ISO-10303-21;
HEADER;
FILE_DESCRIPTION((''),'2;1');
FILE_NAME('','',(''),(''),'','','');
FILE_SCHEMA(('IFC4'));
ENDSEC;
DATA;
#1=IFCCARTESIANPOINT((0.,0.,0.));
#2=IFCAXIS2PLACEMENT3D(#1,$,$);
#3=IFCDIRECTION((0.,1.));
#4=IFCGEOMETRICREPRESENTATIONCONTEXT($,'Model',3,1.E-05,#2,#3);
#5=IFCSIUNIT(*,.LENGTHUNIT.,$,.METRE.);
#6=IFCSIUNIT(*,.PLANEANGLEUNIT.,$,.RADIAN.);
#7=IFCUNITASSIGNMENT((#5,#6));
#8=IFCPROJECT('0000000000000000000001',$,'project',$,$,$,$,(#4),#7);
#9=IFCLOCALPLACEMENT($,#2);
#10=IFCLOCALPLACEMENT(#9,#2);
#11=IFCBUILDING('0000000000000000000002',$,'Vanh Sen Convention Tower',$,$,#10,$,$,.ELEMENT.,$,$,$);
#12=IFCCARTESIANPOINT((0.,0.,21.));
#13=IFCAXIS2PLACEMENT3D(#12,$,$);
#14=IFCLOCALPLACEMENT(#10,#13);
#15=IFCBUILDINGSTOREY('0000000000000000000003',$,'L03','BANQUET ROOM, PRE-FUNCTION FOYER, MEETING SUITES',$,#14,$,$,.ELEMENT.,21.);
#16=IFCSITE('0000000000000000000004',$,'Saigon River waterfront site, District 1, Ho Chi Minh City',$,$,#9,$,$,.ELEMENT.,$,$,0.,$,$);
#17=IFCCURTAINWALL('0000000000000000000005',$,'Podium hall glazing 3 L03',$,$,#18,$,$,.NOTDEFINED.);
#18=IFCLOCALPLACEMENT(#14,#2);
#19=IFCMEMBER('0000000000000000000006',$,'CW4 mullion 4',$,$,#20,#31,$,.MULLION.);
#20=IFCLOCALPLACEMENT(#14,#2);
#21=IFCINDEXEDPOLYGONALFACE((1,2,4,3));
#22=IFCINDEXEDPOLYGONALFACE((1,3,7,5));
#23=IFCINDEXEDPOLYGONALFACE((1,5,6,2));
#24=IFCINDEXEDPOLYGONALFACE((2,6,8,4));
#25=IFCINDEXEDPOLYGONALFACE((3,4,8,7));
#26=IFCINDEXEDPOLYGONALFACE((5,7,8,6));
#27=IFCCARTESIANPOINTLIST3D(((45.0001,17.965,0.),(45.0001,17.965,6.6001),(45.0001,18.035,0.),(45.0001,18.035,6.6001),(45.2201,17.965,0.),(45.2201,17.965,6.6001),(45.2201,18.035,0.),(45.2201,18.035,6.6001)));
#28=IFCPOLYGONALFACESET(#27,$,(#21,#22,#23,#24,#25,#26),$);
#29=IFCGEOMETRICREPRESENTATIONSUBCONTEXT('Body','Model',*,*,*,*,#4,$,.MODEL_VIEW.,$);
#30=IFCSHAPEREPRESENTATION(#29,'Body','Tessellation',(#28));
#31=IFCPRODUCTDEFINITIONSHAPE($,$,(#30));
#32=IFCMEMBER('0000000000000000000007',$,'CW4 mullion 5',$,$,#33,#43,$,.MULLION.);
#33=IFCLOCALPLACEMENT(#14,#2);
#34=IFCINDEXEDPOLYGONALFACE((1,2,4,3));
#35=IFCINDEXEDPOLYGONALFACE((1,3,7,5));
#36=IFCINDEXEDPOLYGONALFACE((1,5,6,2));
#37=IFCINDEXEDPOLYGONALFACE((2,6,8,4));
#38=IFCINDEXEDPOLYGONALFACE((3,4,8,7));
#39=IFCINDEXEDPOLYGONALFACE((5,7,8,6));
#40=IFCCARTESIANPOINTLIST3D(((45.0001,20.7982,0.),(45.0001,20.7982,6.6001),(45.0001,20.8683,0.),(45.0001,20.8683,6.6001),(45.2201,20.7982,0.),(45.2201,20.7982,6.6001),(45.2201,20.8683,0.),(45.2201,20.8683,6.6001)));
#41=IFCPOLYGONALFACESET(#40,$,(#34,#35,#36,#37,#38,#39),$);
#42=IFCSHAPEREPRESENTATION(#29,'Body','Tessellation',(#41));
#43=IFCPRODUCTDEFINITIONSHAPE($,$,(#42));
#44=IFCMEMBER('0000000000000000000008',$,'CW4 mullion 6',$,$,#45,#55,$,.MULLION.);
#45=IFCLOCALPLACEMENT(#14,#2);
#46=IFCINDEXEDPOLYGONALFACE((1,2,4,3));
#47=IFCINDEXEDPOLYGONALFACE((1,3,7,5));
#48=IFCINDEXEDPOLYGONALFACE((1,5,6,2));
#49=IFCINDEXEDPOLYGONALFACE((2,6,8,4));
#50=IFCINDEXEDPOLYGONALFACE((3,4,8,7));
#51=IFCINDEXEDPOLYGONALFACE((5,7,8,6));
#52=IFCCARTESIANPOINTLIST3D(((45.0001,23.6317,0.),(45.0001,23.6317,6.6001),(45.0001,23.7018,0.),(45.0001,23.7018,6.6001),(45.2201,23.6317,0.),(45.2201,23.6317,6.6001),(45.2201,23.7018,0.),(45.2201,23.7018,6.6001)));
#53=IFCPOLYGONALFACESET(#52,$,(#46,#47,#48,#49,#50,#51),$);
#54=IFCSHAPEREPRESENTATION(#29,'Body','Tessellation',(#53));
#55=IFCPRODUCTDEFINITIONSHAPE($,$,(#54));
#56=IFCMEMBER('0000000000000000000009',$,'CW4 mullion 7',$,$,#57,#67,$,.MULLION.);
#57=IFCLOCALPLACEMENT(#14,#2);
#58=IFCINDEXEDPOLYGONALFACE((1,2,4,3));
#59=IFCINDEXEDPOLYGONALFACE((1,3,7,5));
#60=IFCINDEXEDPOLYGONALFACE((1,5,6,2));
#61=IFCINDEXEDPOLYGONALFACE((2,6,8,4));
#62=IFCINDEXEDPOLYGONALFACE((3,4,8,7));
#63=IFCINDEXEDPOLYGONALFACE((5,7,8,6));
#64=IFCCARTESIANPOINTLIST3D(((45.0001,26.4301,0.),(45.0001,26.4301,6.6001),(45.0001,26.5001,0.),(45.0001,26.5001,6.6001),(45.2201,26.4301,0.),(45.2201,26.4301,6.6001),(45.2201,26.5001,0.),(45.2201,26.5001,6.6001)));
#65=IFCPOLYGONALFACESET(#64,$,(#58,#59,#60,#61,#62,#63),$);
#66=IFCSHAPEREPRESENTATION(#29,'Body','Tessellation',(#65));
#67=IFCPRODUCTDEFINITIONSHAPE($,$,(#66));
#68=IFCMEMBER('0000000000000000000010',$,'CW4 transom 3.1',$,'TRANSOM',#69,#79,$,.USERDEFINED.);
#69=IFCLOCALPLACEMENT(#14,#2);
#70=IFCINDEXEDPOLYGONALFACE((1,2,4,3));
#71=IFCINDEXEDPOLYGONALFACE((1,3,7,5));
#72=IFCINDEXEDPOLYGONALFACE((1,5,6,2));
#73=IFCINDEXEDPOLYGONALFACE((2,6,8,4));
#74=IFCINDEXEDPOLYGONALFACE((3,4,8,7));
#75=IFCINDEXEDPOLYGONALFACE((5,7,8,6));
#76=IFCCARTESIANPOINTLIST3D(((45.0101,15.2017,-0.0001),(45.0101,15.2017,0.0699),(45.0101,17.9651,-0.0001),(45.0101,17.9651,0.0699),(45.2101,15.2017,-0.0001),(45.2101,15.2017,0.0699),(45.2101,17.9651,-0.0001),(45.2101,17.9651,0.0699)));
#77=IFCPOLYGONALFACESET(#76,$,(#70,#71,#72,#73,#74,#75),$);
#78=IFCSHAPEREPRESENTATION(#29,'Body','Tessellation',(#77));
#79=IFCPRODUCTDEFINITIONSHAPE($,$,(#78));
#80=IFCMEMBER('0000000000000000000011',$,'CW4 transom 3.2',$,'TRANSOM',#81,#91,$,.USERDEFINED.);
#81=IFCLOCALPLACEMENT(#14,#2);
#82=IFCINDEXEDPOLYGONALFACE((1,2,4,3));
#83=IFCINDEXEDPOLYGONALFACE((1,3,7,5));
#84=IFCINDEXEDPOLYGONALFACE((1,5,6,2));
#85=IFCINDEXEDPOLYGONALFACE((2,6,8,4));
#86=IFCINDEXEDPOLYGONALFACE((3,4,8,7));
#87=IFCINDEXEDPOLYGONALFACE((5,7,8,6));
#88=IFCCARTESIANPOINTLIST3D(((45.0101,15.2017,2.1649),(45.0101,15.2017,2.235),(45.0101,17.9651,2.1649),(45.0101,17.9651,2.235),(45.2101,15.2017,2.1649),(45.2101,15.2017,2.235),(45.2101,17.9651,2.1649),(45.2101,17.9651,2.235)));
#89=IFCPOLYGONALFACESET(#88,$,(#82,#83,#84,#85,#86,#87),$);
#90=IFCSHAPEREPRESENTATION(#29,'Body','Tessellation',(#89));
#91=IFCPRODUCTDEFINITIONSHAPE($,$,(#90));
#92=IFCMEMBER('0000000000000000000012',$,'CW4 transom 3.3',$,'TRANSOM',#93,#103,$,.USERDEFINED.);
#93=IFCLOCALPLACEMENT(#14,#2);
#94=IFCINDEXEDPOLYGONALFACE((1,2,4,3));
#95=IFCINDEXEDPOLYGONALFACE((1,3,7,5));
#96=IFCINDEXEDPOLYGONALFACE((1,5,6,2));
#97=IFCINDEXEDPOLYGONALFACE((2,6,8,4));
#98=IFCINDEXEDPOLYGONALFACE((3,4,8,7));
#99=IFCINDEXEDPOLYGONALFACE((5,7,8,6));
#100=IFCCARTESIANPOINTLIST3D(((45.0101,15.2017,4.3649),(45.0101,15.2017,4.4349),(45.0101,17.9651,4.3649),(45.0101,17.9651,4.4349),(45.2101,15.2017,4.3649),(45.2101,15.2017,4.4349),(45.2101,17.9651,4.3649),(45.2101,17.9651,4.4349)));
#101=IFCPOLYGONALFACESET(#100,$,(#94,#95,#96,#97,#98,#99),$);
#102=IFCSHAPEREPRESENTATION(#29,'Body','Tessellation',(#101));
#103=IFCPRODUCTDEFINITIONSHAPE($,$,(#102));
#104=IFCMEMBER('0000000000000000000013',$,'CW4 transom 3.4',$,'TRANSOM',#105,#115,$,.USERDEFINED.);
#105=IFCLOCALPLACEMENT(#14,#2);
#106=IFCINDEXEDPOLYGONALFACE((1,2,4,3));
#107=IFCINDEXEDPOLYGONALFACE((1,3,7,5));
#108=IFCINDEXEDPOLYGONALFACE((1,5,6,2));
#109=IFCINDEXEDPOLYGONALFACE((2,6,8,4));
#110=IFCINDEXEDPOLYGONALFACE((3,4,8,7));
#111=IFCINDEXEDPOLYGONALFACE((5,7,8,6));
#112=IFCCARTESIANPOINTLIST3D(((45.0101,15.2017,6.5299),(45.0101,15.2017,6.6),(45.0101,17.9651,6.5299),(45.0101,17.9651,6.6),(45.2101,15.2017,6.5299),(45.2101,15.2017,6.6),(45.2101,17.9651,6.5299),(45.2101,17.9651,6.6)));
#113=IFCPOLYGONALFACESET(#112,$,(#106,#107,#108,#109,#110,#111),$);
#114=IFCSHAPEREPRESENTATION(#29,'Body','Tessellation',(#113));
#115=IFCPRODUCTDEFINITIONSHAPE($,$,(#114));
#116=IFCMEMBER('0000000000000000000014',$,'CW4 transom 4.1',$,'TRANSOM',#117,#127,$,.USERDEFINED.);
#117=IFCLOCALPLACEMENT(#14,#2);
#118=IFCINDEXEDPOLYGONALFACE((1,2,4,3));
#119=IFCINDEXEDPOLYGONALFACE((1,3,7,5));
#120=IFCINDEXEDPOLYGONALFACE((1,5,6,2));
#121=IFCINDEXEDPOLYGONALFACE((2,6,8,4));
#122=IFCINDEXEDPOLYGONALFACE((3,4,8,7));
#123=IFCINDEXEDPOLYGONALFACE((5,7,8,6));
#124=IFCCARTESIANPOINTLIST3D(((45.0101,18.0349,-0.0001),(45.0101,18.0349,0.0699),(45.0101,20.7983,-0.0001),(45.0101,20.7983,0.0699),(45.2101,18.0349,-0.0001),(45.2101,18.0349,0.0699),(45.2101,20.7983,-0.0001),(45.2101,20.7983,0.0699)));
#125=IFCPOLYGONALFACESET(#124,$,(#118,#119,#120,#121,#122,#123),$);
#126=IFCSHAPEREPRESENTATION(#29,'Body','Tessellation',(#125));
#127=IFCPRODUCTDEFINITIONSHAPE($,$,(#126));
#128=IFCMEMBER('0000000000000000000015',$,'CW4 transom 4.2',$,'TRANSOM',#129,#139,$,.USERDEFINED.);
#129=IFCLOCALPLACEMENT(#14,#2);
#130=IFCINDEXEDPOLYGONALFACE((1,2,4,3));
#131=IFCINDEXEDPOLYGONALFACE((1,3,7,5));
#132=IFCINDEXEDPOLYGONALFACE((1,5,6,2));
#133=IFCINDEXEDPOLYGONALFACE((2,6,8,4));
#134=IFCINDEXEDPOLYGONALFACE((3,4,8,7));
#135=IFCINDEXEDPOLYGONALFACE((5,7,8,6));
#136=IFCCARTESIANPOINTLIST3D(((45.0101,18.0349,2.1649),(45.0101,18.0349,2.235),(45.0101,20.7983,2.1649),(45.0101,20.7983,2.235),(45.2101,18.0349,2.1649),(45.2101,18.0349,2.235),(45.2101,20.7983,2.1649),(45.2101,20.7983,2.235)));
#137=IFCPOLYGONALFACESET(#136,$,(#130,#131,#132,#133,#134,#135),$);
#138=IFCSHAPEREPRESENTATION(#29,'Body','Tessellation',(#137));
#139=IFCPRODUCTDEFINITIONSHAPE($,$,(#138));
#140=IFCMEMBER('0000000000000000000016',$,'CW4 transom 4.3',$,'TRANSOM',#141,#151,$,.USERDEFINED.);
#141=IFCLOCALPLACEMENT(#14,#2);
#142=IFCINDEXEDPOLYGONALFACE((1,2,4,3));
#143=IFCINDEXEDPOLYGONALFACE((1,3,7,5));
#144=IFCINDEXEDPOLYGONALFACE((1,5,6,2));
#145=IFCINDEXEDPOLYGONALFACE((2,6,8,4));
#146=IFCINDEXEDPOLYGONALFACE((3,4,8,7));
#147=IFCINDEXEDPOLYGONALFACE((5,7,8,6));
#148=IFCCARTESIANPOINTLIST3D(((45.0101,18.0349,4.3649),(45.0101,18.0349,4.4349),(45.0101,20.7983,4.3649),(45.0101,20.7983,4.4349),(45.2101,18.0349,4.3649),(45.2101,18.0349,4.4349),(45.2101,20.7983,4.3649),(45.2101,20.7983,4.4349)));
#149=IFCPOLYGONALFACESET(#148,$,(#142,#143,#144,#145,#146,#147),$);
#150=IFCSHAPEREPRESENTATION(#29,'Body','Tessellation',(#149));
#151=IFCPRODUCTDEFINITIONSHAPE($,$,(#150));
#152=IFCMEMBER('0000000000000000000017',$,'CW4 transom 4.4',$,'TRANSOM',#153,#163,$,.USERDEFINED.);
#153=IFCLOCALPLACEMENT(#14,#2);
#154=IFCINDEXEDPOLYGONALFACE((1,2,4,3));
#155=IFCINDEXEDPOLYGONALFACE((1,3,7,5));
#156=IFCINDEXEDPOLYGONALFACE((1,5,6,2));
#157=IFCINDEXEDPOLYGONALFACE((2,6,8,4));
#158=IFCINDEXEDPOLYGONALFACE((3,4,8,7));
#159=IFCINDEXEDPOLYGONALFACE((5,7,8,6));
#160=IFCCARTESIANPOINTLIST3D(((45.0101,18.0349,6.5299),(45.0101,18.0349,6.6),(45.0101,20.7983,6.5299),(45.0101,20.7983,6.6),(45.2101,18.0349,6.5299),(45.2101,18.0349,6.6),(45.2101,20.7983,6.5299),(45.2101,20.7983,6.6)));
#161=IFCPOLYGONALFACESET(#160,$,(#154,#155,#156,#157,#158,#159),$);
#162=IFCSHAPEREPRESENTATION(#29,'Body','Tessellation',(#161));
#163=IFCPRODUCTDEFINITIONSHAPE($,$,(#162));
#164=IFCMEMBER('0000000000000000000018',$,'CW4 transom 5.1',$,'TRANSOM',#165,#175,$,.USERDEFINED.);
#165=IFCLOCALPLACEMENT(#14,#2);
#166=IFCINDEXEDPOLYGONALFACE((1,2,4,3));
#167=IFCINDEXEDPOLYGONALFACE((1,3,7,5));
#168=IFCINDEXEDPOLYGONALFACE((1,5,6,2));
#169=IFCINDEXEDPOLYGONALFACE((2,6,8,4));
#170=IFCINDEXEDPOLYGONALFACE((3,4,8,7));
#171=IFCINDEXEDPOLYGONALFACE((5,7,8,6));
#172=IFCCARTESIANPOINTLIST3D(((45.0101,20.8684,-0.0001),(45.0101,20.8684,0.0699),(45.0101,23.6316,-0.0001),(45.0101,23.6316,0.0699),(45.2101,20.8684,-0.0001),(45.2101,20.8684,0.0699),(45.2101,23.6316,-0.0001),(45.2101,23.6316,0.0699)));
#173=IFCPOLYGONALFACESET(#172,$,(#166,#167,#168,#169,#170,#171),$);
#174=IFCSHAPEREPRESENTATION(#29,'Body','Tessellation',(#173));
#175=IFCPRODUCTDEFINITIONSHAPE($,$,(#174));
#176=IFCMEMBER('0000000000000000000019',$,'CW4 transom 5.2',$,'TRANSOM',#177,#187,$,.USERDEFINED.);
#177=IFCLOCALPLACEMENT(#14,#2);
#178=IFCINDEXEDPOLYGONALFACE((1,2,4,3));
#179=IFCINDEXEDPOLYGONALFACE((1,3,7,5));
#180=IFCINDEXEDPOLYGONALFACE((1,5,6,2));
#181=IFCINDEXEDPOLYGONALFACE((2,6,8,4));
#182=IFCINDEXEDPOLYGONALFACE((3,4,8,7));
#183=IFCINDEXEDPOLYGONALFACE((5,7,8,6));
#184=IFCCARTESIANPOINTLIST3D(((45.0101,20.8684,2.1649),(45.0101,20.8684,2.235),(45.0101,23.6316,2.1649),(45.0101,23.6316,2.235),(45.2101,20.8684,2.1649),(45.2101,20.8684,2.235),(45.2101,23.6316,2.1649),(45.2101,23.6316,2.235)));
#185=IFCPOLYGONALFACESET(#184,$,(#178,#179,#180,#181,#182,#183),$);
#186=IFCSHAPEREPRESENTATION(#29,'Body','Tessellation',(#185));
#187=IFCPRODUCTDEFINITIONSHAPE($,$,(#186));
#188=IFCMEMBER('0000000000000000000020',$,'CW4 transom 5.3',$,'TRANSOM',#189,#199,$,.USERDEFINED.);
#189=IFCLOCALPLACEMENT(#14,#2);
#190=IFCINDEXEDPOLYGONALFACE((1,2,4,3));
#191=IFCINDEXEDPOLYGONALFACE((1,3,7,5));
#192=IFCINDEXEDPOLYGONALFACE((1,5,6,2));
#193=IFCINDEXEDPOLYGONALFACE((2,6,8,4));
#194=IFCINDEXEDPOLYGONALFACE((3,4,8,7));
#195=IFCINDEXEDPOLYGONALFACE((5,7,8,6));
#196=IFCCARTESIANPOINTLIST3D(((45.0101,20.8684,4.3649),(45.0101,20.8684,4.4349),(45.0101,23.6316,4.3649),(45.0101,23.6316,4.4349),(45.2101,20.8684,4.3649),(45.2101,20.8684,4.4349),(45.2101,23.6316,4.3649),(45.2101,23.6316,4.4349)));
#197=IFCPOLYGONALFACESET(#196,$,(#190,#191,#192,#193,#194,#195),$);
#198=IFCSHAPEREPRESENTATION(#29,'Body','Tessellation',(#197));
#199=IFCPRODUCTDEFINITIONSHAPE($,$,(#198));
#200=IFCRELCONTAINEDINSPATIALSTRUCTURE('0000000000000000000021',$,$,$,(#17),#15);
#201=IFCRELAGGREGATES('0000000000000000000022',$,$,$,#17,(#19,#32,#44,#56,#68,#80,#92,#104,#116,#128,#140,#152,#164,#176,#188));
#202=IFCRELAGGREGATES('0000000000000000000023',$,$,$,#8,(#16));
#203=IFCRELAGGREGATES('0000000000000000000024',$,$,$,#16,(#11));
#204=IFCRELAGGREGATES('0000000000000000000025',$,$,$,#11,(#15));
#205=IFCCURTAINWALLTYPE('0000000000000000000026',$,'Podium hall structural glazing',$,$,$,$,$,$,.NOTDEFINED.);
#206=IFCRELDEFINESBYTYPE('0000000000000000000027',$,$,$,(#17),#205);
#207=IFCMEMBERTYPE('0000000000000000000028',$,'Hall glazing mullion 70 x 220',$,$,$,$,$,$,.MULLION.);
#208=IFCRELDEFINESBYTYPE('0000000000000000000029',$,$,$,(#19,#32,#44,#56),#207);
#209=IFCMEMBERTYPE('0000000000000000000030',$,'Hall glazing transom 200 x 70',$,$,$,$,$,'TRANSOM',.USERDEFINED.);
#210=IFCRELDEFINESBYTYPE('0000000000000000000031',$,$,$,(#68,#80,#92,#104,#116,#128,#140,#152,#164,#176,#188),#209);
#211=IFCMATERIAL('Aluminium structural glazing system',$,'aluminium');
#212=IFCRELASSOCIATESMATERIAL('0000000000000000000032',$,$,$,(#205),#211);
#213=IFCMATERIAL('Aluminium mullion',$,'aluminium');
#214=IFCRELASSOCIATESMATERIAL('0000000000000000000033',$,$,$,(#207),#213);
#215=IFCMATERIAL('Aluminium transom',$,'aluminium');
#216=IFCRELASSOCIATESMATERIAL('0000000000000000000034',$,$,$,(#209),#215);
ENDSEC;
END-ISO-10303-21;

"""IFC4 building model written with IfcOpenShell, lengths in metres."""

from ifc_helpers import new_model, si_unit, direction, frame, origin, origin_2d, place, context, subcontext, project, spatial, rectangle, extrude, material, material_profile, profile_set, type_object, element, aggregate, save


model = new_model("IFC4")

# Units and contexts
model_context = context("Model", 3, precision=1e-05, world=origin(), true_north=direction((0.0, 1.0)))
body_context = subcontext(model_context, "Body", "Model", "MODEL_VIEW")
ifc_project = project(units=[si_unit("LENGTHUNIT", "METRE"), si_unit("PLANEANGLEUNIT", "RADIAN")], contexts=[model_context])

# Site, building, storey
site_placement = place(None, origin())
site = spatial("IfcSite", under=ifc_project, at=site_placement, Name="Saigon River waterfront site, District 1, Ho Chi Minh City", CompositionType="ELEMENT", RefElevation=0.0)
building_placement = place(site_placement, origin())
building = spatial("IfcBuilding", under=site, at=building_placement, Name="Vanh Sen Convention Tower", CompositionType="ELEMENT")
storey_placement = place(building_placement, frame((0.0, 0.0, 21.0)))
storey = spatial("IfcBuildingStorey", under=building, at=storey_placement, Name="L03", Description="BANQUET ROOM, PRE-FUNCTION FOYER, MEETING SUITES", CompositionType="ELEMENT", Elevation=21.0)

# Curtain wall, members
ifc_material_1 = material(Name="Aluminium structural glazing system", Category="aluminium")
curtain_wall_type = type_object("IfcCurtainWallType", Name="Podium hall structural glazing", PredefinedType="NOTDEFINED", material=ifc_material_1)
curtain_wall_placement = place(storey_placement, origin())
curtain_wall = element("IfcCurtainWall", 1, at=curtain_wall_placement, inside=storey, type_object=curtain_wall_type, Name="Podium hall glazing 3 L03", PredefinedType="NOTDEFINED")
ifc_material_2 = material(Name="Aluminium mullion", Category="aluminium")
ifc_material_profile_1 = material_profile(ifc_material_2, rectangle(XDim=0.22, YDim=0.0701, at=origin_2d()), Name="Hall glazing mullion 70 x 220")
ifc_profile_set_1 = profile_set([ifc_material_profile_1], Name="Aluminium mullion")
member_type_1 = type_object("IfcMemberType", Name="Hall glazing mullion 70 x 220", PredefinedType="MULLION", material=ifc_profile_set_1)
member_1_placement = place(storey_placement, frame((45.1101, 18.0, 0.0), z_axis=(0.0, 0.0, 1.0), x_axis=(-1.0, 0.0, 0.0)))
member_1 = element("IfcMember", 2, at=member_1_placement, type_object=member_type_1, Name="CW4 mullion 4", PredefinedType="MULLION", context=body_context, shape_type="SweptSolid", body=[
    extrude(rectangle(XDim=0.22, YDim=0.0701, at=origin_2d()), origin(), (0.0, 0.0, 1.0), 6.6001),
])
member_2_placement = place(storey_placement, frame((45.1101, 20.8333, 0.0), z_axis=(0.0, 0.0, 1.0), x_axis=(-1.0, 0.0, 0.0)))
member_2 = element("IfcMember", 3, at=member_2_placement, type_object=member_type_1, Name="CW4 mullion 5", PredefinedType="MULLION", context=body_context, shape_type="SweptSolid", body=[
    extrude(rectangle(XDim=0.22, YDim=0.0701, at=origin_2d()), origin(), (0.0, 0.0, 1.0), 6.6001),
])
member_3_placement = place(storey_placement, frame((45.1101, 23.6667, 0.0), z_axis=(0.0, 0.0, 1.0), x_axis=(-1.0, 0.0, 0.0)))
member_3 = element("IfcMember", 4, at=member_3_placement, type_object=member_type_1, Name="CW4 mullion 6", PredefinedType="MULLION", context=body_context, shape_type="SweptSolid", body=[
    extrude(rectangle(XDim=0.22, YDim=0.0701, at=origin_2d()), origin(), (0.0, 0.0, 1.0), 6.6001),
])
member_4_placement = place(storey_placement, frame((45.1101, 26.4651, 0.0), z_axis=(0.0, 0.0, 1.0), x_axis=(-1.0, 0.0, 0.0)))
member_4 = element("IfcMember", 5, at=member_4_placement, type_object=member_type_1, Name="CW4 mullion 7", PredefinedType="MULLION", context=body_context, shape_type="SweptSolid", body=[
    extrude(rectangle(XDim=0.22, YDim=0.0701, at=origin_2d()), origin(), (0.0, 0.0, 1.0), 6.6001),
])
ifc_material_3 = material(Name="Aluminium transom", Category="aluminium")
ifc_material_profile_2 = material_profile(ifc_material_3, rectangle(XDim=0.2, YDim=0.0701, at=origin_2d()), Name="Hall glazing transom 200 x 70")
ifc_profile_set_2 = profile_set([ifc_material_profile_2], Name="Aluminium transom")
member_type_2 = type_object("IfcMemberType", Name="Hall glazing transom 200 x 70", ElementType="TRANSOM", PredefinedType="USERDEFINED", material=ifc_profile_set_2)
member_5_placement = place(storey_placement, frame((45.1101, 15.2017, 0.0349), z_axis=(0.0, 1.0, 0.0), x_axis=(-1.0, 0.0, 0.0)))
member_5 = element("IfcMember", 6, at=member_5_placement, type_object=member_type_2, Name="CW4 transom 3.1", ObjectType="TRANSOM", PredefinedType="USERDEFINED", context=body_context, shape_type="SweptSolid", body=[
    extrude(rectangle(XDim=0.2, YDim=0.0701, at=origin_2d()), origin(), (0.0, 0.0, 1.0), 2.7634),
])
member_6_placement = place(storey_placement, frame((45.1101, 15.2017, 2.2), z_axis=(0.0, 1.0, 0.0), x_axis=(-1.0, 0.0, 0.0)))
member_6 = element("IfcMember", 7, at=member_6_placement, type_object=member_type_2, Name="CW4 transom 3.2", ObjectType="TRANSOM", PredefinedType="USERDEFINED", context=body_context, shape_type="SweptSolid", body=[
    extrude(rectangle(XDim=0.2, YDim=0.0701, at=origin_2d()), origin(), (0.0, 0.0, 1.0), 2.7634),
])
member_7_placement = place(storey_placement, frame((45.1101, 15.2017, 4.3999), z_axis=(0.0, 1.0, 0.0), x_axis=(-1.0, 0.0, 0.0)))
member_7 = element("IfcMember", 8, at=member_7_placement, type_object=member_type_2, Name="CW4 transom 3.3", ObjectType="TRANSOM", PredefinedType="USERDEFINED", context=body_context, shape_type="SweptSolid", body=[
    extrude(rectangle(XDim=0.2, YDim=0.0701, at=origin_2d()), origin(), (0.0, 0.0, 1.0), 2.7634),
])
member_8_placement = place(storey_placement, frame((45.1101, 15.2017, 6.5649), z_axis=(0.0, 1.0, 0.0), x_axis=(-1.0, 0.0, 0.0)))
member_8 = element("IfcMember", 9, at=member_8_placement, type_object=member_type_2, Name="CW4 transom 3.4", ObjectType="TRANSOM", PredefinedType="USERDEFINED", context=body_context, shape_type="SweptSolid", body=[
    extrude(rectangle(XDim=0.2, YDim=0.0701, at=origin_2d()), origin(), (0.0, 0.0, 1.0), 2.7634),
])
member_9_placement = place(storey_placement, frame((45.1101, 18.0349, 0.0349), z_axis=(0.0, 1.0, 0.0), x_axis=(-1.0, 0.0, 0.0)))
member_9 = element("IfcMember", 10, at=member_9_placement, type_object=member_type_2, Name="CW4 transom 4.1", ObjectType="TRANSOM", PredefinedType="USERDEFINED", context=body_context, shape_type="SweptSolid", body=[
    extrude(rectangle(XDim=0.2, YDim=0.0701, at=origin_2d()), origin(), (0.0, 0.0, 1.0), 2.7634),
])
member_10_placement = place(storey_placement, frame((45.1101, 18.0349, 2.2), z_axis=(0.0, 1.0, 0.0), x_axis=(-1.0, 0.0, 0.0)))
member_10 = element("IfcMember", 11, at=member_10_placement, type_object=member_type_2, Name="CW4 transom 4.2", ObjectType="TRANSOM", PredefinedType="USERDEFINED", context=body_context, shape_type="SweptSolid", body=[
    extrude(rectangle(XDim=0.2, YDim=0.0701, at=origin_2d()), origin(), (0.0, 0.0, 1.0), 2.7634),
])
member_11_placement = place(storey_placement, frame((45.1101, 18.0349, 4.3999), z_axis=(0.0, 1.0, 0.0), x_axis=(-1.0, 0.0, 0.0)))
member_11 = element("IfcMember", 12, at=member_11_placement, type_object=member_type_2, Name="CW4 transom 4.3", ObjectType="TRANSOM", PredefinedType="USERDEFINED", context=body_context, shape_type="SweptSolid", body=[
    extrude(rectangle(XDim=0.2, YDim=0.0701, at=origin_2d()), origin(), (0.0, 0.0, 1.0), 2.7634),
])
member_12_placement = place(storey_placement, frame((45.1101, 18.0349, 6.5649), z_axis=(0.0, 1.0, 0.0), x_axis=(-1.0, 0.0, 0.0)))
member_12 = element("IfcMember", 13, at=member_12_placement, type_object=member_type_2, Name="CW4 transom 4.4", ObjectType="TRANSOM", PredefinedType="USERDEFINED", context=body_context, shape_type="SweptSolid", body=[
    extrude(rectangle(XDim=0.2, YDim=0.0701, at=origin_2d()), origin(), (0.0, 0.0, 1.0), 2.7634),
])
member_13_placement = place(storey_placement, frame((45.1101, 20.8684, 0.0349), z_axis=(0.0, 1.0, 0.0), x_axis=(-1.0, 0.0, 0.0)))
member_13 = element("IfcMember", 14, at=member_13_placement, type_object=member_type_2, Name="CW4 transom 5.1", ObjectType="TRANSOM", PredefinedType="USERDEFINED", context=body_context, shape_type="SweptSolid", body=[
    extrude(rectangle(XDim=0.2, YDim=0.0701, at=origin_2d()), origin(), (0.0, 0.0, 1.0), 2.7632),
])
member_14_placement = place(storey_placement, frame((45.1101, 20.8684, 2.2), z_axis=(0.0, 1.0, 0.0), x_axis=(-1.0, 0.0, 0.0)))
member_14 = element("IfcMember", 15, at=member_14_placement, type_object=member_type_2, Name="CW4 transom 5.2", ObjectType="TRANSOM", PredefinedType="USERDEFINED", context=body_context, shape_type="SweptSolid", body=[
    extrude(rectangle(XDim=0.2, YDim=0.0701, at=origin_2d()), origin(), (0.0, 0.0, 1.0), 2.7632),
])
member_15_placement = place(storey_placement, frame((45.1101, 20.8684, 4.3999), z_axis=(0.0, 1.0, 0.0), x_axis=(-1.0, 0.0, 0.0)))
member_15 = element("IfcMember", 16, at=member_15_placement, type_object=member_type_2, Name="CW4 transom 5.3", ObjectType="TRANSOM", PredefinedType="USERDEFINED", context=body_context, shape_type="SweptSolid", body=[
    extrude(rectangle(XDim=0.2, YDim=0.0701, at=origin_2d()), origin(), (0.0, 0.0, 1.0), 2.7632),
])
aggregate(curtain_wall, [member_1, member_2, member_3, member_4, member_5, member_6, member_7, member_8, member_9, member_10, member_11, member_12, member_13, member_14, member_15])

save(model, "model.ifc")
